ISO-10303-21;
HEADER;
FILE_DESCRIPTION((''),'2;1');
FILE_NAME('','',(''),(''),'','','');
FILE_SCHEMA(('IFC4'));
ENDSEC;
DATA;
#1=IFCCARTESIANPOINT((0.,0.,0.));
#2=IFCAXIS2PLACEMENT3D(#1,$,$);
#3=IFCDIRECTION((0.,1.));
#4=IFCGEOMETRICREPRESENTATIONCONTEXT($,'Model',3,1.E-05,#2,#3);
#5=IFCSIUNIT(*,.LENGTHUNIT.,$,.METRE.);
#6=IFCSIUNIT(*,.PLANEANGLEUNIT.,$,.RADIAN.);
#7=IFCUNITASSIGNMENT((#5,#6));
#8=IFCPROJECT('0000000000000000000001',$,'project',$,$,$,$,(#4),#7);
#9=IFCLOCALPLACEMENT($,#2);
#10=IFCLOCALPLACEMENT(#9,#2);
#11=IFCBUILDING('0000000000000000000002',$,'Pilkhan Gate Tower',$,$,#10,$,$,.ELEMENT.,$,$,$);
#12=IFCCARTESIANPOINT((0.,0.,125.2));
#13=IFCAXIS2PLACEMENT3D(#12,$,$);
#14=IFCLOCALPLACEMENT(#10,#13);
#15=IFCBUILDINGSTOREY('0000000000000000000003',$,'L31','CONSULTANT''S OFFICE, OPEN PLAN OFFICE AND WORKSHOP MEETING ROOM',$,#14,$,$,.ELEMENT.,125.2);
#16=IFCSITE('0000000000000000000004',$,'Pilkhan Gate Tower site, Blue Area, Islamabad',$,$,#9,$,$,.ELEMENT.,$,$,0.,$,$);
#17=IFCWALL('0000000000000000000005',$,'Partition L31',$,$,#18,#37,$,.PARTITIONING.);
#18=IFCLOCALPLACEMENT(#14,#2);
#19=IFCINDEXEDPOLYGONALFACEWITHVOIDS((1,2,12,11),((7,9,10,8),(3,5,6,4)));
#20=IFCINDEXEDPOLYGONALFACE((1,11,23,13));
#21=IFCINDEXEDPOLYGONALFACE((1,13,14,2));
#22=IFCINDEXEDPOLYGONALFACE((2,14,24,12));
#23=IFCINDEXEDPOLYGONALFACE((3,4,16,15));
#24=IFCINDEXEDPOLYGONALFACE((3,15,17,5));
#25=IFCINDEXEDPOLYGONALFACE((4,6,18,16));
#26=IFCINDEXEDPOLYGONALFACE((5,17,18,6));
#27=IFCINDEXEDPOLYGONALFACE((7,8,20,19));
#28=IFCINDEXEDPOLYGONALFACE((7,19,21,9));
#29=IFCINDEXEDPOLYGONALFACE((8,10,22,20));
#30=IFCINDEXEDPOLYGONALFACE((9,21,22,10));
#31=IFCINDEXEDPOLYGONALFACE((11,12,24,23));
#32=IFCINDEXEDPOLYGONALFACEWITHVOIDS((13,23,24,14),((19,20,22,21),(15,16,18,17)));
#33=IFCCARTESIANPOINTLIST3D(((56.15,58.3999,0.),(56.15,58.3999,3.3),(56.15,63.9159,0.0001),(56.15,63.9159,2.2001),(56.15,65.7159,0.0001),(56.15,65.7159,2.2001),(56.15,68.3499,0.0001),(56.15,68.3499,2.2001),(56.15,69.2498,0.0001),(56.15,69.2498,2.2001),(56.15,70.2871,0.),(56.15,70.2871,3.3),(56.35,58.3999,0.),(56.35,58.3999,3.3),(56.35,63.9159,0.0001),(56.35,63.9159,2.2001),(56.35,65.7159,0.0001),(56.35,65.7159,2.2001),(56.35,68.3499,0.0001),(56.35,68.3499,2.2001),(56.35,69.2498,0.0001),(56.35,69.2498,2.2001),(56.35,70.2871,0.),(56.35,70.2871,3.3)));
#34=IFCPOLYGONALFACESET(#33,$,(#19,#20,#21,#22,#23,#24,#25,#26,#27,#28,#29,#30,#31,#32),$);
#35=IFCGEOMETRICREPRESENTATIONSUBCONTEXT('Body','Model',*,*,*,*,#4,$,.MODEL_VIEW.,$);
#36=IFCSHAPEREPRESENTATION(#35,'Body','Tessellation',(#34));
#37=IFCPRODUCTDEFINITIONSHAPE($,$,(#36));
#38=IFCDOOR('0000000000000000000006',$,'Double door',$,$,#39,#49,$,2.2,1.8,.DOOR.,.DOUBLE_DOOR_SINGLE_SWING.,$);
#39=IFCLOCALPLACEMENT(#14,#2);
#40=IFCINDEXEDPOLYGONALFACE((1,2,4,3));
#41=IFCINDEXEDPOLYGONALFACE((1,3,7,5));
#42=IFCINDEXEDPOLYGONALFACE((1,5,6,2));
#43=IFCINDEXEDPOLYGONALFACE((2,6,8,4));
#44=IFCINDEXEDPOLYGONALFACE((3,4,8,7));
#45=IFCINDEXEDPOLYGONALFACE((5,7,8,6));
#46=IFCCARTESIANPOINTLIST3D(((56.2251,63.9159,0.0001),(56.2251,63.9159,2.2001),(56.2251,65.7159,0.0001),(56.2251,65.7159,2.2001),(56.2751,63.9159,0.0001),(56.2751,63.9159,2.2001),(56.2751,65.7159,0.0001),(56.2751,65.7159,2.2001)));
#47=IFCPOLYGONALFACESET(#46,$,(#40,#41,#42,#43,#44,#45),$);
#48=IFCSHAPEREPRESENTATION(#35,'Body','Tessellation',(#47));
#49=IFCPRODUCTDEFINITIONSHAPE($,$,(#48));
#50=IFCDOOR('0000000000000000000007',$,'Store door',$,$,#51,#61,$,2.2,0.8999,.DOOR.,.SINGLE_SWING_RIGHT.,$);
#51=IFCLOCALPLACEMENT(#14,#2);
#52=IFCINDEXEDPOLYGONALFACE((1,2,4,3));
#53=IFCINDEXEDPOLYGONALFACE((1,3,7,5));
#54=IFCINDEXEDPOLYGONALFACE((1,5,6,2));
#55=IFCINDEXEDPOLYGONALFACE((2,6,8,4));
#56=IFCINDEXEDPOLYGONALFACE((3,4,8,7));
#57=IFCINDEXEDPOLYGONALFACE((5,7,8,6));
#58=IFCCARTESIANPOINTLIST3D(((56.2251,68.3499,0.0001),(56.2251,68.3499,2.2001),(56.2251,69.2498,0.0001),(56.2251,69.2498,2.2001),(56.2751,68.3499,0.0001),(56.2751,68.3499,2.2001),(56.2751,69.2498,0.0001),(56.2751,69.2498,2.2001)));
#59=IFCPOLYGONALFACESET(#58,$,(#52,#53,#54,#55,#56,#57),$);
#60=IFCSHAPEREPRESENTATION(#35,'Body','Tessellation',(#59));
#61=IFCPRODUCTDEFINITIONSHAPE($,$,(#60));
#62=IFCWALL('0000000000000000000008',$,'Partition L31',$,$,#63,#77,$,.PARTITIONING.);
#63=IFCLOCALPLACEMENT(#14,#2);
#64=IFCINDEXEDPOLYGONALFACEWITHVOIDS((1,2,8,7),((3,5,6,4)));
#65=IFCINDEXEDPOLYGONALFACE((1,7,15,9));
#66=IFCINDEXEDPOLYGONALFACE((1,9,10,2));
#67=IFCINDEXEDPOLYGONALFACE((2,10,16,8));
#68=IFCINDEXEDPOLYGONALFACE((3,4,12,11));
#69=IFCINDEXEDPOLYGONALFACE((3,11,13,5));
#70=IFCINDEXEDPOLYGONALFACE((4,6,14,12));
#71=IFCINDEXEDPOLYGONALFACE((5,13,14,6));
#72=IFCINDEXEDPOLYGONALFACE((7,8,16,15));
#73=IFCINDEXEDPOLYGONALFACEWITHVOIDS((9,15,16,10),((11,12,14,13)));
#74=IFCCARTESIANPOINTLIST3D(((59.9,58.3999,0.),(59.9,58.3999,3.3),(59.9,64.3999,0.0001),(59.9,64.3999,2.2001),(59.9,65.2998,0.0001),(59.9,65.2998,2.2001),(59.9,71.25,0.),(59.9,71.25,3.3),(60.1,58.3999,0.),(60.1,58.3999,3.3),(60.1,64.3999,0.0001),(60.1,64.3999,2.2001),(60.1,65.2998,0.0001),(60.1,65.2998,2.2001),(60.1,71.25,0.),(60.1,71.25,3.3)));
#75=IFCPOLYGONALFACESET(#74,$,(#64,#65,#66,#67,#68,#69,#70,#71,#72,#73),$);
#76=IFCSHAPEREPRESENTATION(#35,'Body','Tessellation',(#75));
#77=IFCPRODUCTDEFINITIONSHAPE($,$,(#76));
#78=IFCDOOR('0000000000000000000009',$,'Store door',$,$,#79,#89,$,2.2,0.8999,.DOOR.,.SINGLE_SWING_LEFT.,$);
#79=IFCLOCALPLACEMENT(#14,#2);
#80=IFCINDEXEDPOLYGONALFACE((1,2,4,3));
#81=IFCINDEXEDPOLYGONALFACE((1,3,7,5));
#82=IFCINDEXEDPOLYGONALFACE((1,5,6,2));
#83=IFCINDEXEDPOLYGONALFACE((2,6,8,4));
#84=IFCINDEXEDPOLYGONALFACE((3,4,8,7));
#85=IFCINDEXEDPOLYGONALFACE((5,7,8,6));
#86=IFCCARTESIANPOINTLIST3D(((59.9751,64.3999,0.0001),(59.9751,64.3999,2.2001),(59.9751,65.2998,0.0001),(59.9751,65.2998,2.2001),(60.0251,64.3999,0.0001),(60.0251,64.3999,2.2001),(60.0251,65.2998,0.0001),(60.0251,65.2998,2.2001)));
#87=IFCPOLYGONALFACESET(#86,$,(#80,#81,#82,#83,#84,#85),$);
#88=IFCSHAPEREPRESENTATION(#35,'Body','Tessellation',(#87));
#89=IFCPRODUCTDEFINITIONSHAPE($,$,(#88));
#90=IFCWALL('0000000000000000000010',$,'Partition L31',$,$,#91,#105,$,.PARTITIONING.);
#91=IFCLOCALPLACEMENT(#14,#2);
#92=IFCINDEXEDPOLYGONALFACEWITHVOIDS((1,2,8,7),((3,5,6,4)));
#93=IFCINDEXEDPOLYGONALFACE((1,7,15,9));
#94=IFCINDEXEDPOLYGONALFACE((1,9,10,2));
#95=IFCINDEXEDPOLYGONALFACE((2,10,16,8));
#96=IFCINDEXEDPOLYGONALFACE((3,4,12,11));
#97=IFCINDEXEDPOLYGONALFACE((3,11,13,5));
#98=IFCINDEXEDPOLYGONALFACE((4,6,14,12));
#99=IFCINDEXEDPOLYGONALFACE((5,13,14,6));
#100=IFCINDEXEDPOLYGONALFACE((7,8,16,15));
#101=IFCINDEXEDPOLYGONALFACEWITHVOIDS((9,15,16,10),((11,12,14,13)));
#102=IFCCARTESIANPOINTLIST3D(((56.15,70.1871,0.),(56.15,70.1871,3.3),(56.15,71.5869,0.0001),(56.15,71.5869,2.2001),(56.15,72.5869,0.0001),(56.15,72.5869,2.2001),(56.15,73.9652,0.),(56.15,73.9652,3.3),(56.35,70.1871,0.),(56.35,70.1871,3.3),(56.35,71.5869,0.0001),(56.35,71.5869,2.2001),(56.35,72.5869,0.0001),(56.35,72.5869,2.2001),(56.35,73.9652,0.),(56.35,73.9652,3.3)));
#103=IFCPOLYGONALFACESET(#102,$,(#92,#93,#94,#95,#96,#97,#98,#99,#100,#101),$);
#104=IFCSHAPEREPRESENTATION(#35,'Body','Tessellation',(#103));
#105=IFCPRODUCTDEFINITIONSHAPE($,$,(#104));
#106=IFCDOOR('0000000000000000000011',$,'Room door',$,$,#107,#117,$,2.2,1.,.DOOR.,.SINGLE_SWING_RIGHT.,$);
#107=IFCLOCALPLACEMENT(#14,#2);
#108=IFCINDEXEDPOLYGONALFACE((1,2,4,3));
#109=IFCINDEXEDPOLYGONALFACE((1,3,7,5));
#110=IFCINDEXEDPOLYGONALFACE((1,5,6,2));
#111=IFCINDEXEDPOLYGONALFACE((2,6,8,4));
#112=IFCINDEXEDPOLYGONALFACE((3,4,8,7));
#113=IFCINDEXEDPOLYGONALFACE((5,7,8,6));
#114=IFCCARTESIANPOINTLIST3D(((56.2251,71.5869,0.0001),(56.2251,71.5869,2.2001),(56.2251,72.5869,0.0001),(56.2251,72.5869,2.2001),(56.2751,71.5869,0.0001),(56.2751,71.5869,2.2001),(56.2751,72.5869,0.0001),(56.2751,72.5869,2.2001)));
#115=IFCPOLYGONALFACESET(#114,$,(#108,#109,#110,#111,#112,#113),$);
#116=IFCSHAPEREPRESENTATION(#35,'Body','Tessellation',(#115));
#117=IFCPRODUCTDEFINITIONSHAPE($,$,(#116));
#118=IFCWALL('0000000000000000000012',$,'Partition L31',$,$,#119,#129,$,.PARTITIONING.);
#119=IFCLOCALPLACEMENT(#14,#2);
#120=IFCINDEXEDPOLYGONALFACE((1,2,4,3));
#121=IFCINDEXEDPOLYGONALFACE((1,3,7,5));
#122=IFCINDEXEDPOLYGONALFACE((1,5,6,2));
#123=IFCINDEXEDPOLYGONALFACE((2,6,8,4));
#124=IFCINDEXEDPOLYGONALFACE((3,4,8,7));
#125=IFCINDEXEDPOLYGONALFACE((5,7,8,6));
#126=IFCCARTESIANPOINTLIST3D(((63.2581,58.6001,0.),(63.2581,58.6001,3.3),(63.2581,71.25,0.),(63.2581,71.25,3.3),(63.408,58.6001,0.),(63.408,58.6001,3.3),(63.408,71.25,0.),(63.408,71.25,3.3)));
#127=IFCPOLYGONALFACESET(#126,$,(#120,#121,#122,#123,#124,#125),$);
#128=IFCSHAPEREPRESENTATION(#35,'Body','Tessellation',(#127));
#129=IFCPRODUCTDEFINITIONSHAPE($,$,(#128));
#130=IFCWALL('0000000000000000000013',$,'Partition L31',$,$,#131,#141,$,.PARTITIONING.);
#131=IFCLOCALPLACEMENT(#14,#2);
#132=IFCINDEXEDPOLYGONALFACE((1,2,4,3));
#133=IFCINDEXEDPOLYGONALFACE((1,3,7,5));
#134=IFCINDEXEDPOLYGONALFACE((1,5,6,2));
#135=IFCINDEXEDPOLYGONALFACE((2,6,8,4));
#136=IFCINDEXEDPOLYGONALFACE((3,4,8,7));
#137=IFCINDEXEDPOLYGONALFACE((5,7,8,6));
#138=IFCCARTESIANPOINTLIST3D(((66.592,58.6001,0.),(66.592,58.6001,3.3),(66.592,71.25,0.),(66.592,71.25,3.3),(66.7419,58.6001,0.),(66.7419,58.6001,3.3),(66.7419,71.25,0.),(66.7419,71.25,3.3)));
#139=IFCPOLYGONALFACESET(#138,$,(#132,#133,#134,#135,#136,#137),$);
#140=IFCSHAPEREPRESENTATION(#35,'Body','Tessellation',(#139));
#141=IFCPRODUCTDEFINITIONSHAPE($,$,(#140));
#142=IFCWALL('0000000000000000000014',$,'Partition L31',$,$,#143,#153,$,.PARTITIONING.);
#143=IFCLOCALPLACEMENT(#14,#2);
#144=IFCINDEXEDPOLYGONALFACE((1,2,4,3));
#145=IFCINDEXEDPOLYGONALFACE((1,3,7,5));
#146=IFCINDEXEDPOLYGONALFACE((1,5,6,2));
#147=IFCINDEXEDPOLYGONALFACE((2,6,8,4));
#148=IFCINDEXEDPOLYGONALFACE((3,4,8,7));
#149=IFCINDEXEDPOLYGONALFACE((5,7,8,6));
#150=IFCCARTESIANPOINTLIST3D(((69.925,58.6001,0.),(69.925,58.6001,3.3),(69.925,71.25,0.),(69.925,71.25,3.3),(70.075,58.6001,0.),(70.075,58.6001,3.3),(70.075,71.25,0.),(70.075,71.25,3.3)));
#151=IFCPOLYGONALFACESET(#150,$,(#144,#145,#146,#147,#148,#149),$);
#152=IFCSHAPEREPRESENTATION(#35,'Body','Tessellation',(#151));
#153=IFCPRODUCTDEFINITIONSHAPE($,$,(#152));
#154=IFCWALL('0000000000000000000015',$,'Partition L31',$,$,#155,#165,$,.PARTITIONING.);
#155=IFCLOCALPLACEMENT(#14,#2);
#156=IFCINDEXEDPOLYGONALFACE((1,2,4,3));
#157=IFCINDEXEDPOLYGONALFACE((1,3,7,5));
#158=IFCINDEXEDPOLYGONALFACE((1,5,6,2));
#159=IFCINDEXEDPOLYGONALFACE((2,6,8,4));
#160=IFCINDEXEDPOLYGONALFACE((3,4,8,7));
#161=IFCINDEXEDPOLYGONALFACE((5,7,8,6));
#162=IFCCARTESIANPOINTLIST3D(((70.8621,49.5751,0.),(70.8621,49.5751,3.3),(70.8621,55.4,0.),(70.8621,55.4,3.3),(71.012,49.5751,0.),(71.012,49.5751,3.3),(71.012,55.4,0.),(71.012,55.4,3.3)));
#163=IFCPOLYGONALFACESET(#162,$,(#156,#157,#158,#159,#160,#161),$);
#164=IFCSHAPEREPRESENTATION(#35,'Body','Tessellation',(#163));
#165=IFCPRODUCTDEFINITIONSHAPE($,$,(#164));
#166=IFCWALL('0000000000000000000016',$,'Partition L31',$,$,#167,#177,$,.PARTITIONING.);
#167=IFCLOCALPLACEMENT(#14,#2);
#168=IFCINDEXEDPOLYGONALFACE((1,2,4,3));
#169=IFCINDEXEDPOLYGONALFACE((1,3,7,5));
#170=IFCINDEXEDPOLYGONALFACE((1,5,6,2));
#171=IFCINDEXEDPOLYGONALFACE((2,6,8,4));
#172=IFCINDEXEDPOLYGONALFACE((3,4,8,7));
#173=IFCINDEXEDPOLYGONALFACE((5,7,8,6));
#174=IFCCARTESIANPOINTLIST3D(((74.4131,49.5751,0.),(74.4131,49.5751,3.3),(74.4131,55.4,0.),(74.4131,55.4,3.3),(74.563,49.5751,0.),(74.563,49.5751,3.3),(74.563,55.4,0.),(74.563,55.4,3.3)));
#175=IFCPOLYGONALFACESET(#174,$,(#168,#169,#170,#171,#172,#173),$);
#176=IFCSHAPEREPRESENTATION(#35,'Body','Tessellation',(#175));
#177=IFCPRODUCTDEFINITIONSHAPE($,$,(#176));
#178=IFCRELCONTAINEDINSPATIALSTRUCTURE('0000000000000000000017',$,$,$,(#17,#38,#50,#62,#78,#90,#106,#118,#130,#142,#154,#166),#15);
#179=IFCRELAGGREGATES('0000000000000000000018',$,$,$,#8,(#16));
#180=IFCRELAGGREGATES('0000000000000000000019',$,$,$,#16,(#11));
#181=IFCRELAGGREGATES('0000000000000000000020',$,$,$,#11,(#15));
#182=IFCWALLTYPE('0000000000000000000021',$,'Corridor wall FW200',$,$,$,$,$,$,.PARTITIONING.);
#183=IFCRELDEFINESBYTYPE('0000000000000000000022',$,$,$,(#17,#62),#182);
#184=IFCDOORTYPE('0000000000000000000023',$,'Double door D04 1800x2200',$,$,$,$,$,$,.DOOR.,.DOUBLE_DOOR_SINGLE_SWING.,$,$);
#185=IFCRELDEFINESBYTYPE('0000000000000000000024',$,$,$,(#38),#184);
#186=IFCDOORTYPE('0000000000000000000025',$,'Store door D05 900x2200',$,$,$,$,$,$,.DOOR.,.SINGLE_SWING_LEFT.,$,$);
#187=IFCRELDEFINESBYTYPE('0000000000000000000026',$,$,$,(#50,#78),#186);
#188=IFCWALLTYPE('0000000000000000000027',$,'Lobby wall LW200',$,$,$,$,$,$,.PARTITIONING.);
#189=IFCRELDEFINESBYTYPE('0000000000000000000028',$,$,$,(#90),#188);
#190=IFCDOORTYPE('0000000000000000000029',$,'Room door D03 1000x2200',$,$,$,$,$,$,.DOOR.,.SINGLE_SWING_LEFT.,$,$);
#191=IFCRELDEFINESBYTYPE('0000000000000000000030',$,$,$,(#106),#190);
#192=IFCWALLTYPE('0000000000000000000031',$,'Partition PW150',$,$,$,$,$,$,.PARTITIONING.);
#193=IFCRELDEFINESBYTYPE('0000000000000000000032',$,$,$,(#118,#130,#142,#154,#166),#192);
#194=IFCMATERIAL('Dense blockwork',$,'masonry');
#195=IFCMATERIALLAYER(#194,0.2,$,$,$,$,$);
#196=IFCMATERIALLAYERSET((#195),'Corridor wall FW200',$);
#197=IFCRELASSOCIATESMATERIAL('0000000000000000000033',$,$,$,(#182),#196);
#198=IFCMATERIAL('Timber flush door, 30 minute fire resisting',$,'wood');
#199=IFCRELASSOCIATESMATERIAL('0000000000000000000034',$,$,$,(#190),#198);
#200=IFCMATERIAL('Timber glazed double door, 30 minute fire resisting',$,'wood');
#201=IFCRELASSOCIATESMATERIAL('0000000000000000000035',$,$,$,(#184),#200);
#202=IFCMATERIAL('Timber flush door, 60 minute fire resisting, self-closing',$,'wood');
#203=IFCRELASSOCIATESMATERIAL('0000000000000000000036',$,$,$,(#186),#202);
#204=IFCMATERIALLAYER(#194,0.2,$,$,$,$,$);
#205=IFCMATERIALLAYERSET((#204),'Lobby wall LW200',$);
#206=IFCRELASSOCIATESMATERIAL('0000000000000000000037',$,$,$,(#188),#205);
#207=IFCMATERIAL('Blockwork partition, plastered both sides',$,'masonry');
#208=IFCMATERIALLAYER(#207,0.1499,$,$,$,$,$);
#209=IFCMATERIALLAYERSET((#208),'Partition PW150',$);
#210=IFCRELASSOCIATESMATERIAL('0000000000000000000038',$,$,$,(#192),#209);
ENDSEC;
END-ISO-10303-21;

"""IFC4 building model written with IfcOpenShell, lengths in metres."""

from ifc_helpers import new_model, si_unit, direction, frame, frame_2d, origin, place, context, subcontext, project, spatial, rectangle, extrude, material, layer, layer_set, type_object, element, fill, save


model = new_model("IFC4")

# Units and contexts
model_context = context("Model", 3, precision=1e-05, world=origin(), true_north=direction((0.0, 1.0)))
body_context = subcontext(model_context, "Body", "Model", "MODEL_VIEW")
ifc_project = project(units=[si_unit("LENGTHUNIT", "METRE"), si_unit("PLANEANGLEUNIT", "RADIAN")], contexts=[model_context])

# Site, building, storey
site_placement = place(None, origin())
site = spatial("IfcSite", under=ifc_project, at=site_placement, Name="Pilkhan Gate Tower site, Blue Area, Islamabad", CompositionType="ELEMENT", RefElevation=0.0)
building_placement = place(site_placement, origin())
building = spatial("IfcBuilding", under=site, at=building_placement, Name="Pilkhan Gate Tower", CompositionType="ELEMENT")
storey_placement = place(building_placement, frame((0.0, 0.0, 125.2)))
storey = spatial("IfcBuildingStorey", under=building, at=storey_placement, Name="L31", Description="CONSULTANT'S OFFICE, OPEN PLAN OFFICE AND WORKSHOP MEETING ROOM", CompositionType="ELEMENT", Elevation=125.2)

# Wall, openings, doors
ifc_material_1 = material(Name="Dense blockwork", Category="masonry")
ifc_layer_1 = layer(ifc_material_1, 0.2)
ifc_layer_set_1 = layer_set([ifc_layer_1], Name="Corridor wall FW200")
wall_type_1 = type_object("IfcWallType", Name="Corridor wall FW200", PredefinedType="PARTITIONING", material=ifc_layer_set_1)
ifc_material_2 = material(Name="Timber flush door, 30 minute fire resisting", Category="wood")
door_type_1 = type_object("IfcDoorType", Name="Room door D03 1000x2200", OperationType="SINGLE_SWING_LEFT", PredefinedType="DOOR", material=ifc_material_2)
wall_1_placement = place(storey_placement, frame((56.25, 58.3999, 0.0), z_axis=(0.0, 0.0, 1.0), x_axis=(0.0, 1.0, 0.0)))
wall_1 = element("IfcWall", 1, at=wall_1_placement, inside=storey, type_object=wall_type_1, Name="Partition L31", PredefinedType="PARTITIONING", context=body_context, shape_type="SweptSolid", body=[
    extrude(rectangle(XDim=11.8872, YDim=0.2, at=frame_2d((5.9436, 0.0))), origin(), (0.0, 0.0, 1.0), 3.3),
])
opening_1_placement = place(wall_1_placement, frame((5.5161, 0.0, 0.0)))
opening_1 = element("IfcOpeningElement", 2, at=opening_1_placement, cuts=wall_1, PredefinedType="OPENING", context=body_context, shape_type="SweptSolid", body=[
    extrude(rectangle(XDim=1.8, YDim=2.2, at=frame_2d((0.8999, 1.1001))), frame((0.0, 0.1099, 0.0), z_axis=(0.0, -1.0, 0.0), x_axis=(1.0, 0.0, 0.0)), (0.0, 0.0, 1.0), 0.22),
])
opening_2_placement = place(wall_1_placement, frame((9.95, 0.0, 0.0)))
opening_2 = element("IfcOpeningElement", 3, at=opening_2_placement, cuts=wall_1, PredefinedType="OPENING", context=body_context, shape_type="SweptSolid", body=[
    extrude(rectangle(XDim=0.8999, YDim=2.2, at=frame_2d((0.45, 1.1001))), frame((0.0, 0.1099, 0.0), z_axis=(0.0, -1.0, 0.0), x_axis=(1.0, 0.0, 0.0)), (0.0, 0.0, 1.0), 0.22),
])
ifc_material_3 = material(Name="Timber glazed double door, 30 minute fire resisting", Category="wood")
door_type_2 = type_object("IfcDoorType", Name="Double door D04 1800x2200", OperationType="DOUBLE_DOOR_SINGLE_SWING", PredefinedType="DOOR", material=ifc_material_3)
door_1_placement = place(opening_1_placement, origin())
door_1 = element("IfcDoor", 4, at=door_1_placement, inside=storey, type_object=door_type_2, Name="Double door", OperationType="DOUBLE_DOOR_SINGLE_SWING", OverallHeight=2.2, OverallWidth=1.8, PredefinedType="DOOR", context=body_context, shape_type="SweptSolid", body=[
    extrude(rectangle(XDim=1.8, YDim=2.2, at=frame_2d((0.8999, 1.1001))), frame((0.0, 0.0249, 0.0), z_axis=(0.0, -1.0, 0.0), x_axis=(1.0, 0.0, 0.0)), (0.0, 0.0, 1.0), 0.05),
])
fill(opening_1, door_1)
ifc_material_4 = material(Name="Timber flush door, 60 minute fire resisting, self-closing", Category="wood")
door_type_3 = type_object("IfcDoorType", Name="Store door D05 900x2200", OperationType="SINGLE_SWING_LEFT", PredefinedType="DOOR", material=ifc_material_4)
door_2_placement = place(opening_2_placement, origin())
door_2 = element("IfcDoor", 5, at=door_2_placement, inside=storey, type_object=door_type_3, Name="Store door", OperationType="SINGLE_SWING_RIGHT", OverallHeight=2.2, OverallWidth=0.8999, PredefinedType="DOOR", context=body_context, shape_type="SweptSolid", body=[
    extrude(rectangle(XDim=0.8999, YDim=2.2, at=frame_2d((0.45, 1.1001))), frame((0.0, 0.0249, 0.0), z_axis=(0.0, -1.0, 0.0), x_axis=(1.0, 0.0, 0.0)), (0.0, 0.0, 1.0), 0.05),
])
fill(opening_2, door_2)

# Walls, openings, doors
wall_2_placement = place(storey_placement, frame((60.0, 58.3999, 0.0), z_axis=(0.0, 0.0, 1.0), x_axis=(0.0, 1.0, 0.0)))
wall_2 = element("IfcWall", 6, at=wall_2_placement, inside=storey, type_object=wall_type_1, Name="Partition L31", PredefinedType="PARTITIONING", context=body_context, shape_type="SweptSolid", body=[
    extrude(rectangle(XDim=12.8501, YDim=0.2, at=frame_2d((6.425, 0.0))), origin(), (0.0, 0.0, 1.0), 3.3),
])
opening_3_placement = place(wall_2_placement, frame((6.0, 0.0, 0.0)))
opening_3 = element("IfcOpeningElement", 7, at=opening_3_placement, cuts=wall_2, PredefinedType="OPENING", context=body_context, shape_type="SweptSolid", body=[
    extrude(rectangle(XDim=0.8999, YDim=2.2, at=frame_2d((0.45, 1.1001))), frame((0.0, 0.1099, 0.0), z_axis=(0.0, -1.0, 0.0), x_axis=(1.0, 0.0, 0.0)), (0.0, 0.0, 1.0), 0.22),
])
door_3_placement = place(opening_3_placement, origin())
door_3 = element("IfcDoor", 8, at=door_3_placement, inside=storey, type_object=door_type_3, Name="Store door", OperationType="SINGLE_SWING_LEFT", OverallHeight=2.2, OverallWidth=0.8999, PredefinedType="DOOR", context=body_context, shape_type="SweptSolid", body=[
    extrude(rectangle(XDim=0.8999, YDim=2.2, at=frame_2d((0.45, 1.1001))), frame((0.0, 0.0249, 0.0), z_axis=(0.0, -1.0, 0.0), x_axis=(1.0, 0.0, 0.0)), (0.0, 0.0, 1.0), 0.05),
])
fill(opening_3, door_3)
ifc_layer_2 = layer(ifc_material_1, 0.2)
ifc_layer_set_2 = layer_set([ifc_layer_2], Name="Lobby wall LW200")
wall_type_2 = type_object("IfcWallType", Name="Lobby wall LW200", PredefinedType="PARTITIONING", material=ifc_layer_set_2)
wall_3_placement = place(storey_placement, frame((56.25, 70.187, 0.0), z_axis=(0.0, 0.0, 1.0), x_axis=(0.0, 1.0, 0.0)))
wall_3 = element("IfcWall", 9, at=wall_3_placement, inside=storey, type_object=wall_type_2, Name="Partition L31", PredefinedType="PARTITIONING", context=body_context, shape_type="SweptSolid", body=[
    extrude(rectangle(XDim=3.7781, YDim=0.2, at=frame_2d((1.8892, 0.0))), origin(), (0.0, 0.0, 1.0), 3.3),
])
opening_4_placement = place(wall_3_placement, frame((1.3999, 0.0, 0.0)))
opening_4 = element("IfcOpeningElement", 10, at=opening_4_placement, cuts=wall_3, PredefinedType="OPENING", context=body_context, shape_type="SweptSolid", body=[
    extrude(rectangle(XDim=1.0, YDim=2.2, at=frame_2d((0.5, 1.1001))), frame((0.0, 0.1099, 0.0), z_axis=(0.0, -1.0, 0.0), x_axis=(1.0, 0.0, 0.0)), (0.0, 0.0, 1.0), 0.22),
])
door_4_placement = place(opening_4_placement, origin())
door_4 = element("IfcDoor", 11, at=door_4_placement, inside=storey, type_object=door_type_1, Name="Room door", OperationType="SINGLE_SWING_RIGHT", OverallHeight=2.2, OverallWidth=1.0, PredefinedType="DOOR", context=body_context, shape_type="SweptSolid", body=[
    extrude(rectangle(XDim=1.0, YDim=2.2, at=frame_2d((0.5, 1.1001))), frame((0.0, 0.0249, 0.0), z_axis=(0.0, -1.0, 0.0), x_axis=(1.0, 0.0, 0.0)), (0.0, 0.0, 1.0), 0.05),
])
fill(opening_4, door_4)

# Walls
ifc_material_5 = material(Name="Blockwork partition, plastered both sides", Category="masonry")
ifc_layer_3 = layer(ifc_material_5, 0.1499)
ifc_layer_set_3 = layer_set([ifc_layer_3], Name="Partition PW150")
wall_type_3 = type_object("IfcWallType", Name="Partition PW150", PredefinedType="PARTITIONING", material=ifc_layer_set_3)
for number, where, z_axis, x_axis, name in (
    (12, (63.333, 58.6001, 0.0), (0.0, 0.0, 1.0), (0.0, 1.0, 0.0), "Partition L31"),
    (13, (66.667, 58.6001, 0.0), (0.0, 0.0, 1.0), (0.0, 1.0, 0.0), "Partition L31"),
    (14, (70.0, 58.6001, 0.0), (0.0, 0.0, 1.0), (0.0, 1.0, 0.0), "Partition L31"),
):
    element("IfcWall", number, at=place(storey_placement, frame(where, z_axis=z_axis, x_axis=x_axis)), inside=storey, type_object=wall_type_3, Name=name, PredefinedType="PARTITIONING", context=body_context, shape_type="SweptSolid", body=[
        extrude(rectangle(XDim=12.6499, YDim=0.1499, at=frame_2d((6.325, 0.0))), origin(), (0.0, 0.0, 1.0), 3.3),
    ])
for number, where, z_axis, x_axis, name in (
    (15, (70.937, 49.575, 0.0), (0.0, 0.0, 1.0), (0.0, 1.0, 0.0), "Partition L31"),
    (16, (74.488, 49.575, 0.0), (0.0, 0.0, 1.0), (0.0, 1.0, 0.0), "Partition L31"),
):
    element("IfcWall", number, at=place(storey_placement, frame(where, z_axis=z_axis, x_axis=x_axis)), inside=storey, type_object=wall_type_3, Name=name, PredefinedType="PARTITIONING", context=body_context, shape_type="SweptSolid", body=[
        extrude(rectangle(XDim=5.825, YDim=0.1499, at=frame_2d((2.9126, 0.0))), origin(), (0.0, 0.0, 1.0), 3.3),
    ])

save(model, "model.ifc")
